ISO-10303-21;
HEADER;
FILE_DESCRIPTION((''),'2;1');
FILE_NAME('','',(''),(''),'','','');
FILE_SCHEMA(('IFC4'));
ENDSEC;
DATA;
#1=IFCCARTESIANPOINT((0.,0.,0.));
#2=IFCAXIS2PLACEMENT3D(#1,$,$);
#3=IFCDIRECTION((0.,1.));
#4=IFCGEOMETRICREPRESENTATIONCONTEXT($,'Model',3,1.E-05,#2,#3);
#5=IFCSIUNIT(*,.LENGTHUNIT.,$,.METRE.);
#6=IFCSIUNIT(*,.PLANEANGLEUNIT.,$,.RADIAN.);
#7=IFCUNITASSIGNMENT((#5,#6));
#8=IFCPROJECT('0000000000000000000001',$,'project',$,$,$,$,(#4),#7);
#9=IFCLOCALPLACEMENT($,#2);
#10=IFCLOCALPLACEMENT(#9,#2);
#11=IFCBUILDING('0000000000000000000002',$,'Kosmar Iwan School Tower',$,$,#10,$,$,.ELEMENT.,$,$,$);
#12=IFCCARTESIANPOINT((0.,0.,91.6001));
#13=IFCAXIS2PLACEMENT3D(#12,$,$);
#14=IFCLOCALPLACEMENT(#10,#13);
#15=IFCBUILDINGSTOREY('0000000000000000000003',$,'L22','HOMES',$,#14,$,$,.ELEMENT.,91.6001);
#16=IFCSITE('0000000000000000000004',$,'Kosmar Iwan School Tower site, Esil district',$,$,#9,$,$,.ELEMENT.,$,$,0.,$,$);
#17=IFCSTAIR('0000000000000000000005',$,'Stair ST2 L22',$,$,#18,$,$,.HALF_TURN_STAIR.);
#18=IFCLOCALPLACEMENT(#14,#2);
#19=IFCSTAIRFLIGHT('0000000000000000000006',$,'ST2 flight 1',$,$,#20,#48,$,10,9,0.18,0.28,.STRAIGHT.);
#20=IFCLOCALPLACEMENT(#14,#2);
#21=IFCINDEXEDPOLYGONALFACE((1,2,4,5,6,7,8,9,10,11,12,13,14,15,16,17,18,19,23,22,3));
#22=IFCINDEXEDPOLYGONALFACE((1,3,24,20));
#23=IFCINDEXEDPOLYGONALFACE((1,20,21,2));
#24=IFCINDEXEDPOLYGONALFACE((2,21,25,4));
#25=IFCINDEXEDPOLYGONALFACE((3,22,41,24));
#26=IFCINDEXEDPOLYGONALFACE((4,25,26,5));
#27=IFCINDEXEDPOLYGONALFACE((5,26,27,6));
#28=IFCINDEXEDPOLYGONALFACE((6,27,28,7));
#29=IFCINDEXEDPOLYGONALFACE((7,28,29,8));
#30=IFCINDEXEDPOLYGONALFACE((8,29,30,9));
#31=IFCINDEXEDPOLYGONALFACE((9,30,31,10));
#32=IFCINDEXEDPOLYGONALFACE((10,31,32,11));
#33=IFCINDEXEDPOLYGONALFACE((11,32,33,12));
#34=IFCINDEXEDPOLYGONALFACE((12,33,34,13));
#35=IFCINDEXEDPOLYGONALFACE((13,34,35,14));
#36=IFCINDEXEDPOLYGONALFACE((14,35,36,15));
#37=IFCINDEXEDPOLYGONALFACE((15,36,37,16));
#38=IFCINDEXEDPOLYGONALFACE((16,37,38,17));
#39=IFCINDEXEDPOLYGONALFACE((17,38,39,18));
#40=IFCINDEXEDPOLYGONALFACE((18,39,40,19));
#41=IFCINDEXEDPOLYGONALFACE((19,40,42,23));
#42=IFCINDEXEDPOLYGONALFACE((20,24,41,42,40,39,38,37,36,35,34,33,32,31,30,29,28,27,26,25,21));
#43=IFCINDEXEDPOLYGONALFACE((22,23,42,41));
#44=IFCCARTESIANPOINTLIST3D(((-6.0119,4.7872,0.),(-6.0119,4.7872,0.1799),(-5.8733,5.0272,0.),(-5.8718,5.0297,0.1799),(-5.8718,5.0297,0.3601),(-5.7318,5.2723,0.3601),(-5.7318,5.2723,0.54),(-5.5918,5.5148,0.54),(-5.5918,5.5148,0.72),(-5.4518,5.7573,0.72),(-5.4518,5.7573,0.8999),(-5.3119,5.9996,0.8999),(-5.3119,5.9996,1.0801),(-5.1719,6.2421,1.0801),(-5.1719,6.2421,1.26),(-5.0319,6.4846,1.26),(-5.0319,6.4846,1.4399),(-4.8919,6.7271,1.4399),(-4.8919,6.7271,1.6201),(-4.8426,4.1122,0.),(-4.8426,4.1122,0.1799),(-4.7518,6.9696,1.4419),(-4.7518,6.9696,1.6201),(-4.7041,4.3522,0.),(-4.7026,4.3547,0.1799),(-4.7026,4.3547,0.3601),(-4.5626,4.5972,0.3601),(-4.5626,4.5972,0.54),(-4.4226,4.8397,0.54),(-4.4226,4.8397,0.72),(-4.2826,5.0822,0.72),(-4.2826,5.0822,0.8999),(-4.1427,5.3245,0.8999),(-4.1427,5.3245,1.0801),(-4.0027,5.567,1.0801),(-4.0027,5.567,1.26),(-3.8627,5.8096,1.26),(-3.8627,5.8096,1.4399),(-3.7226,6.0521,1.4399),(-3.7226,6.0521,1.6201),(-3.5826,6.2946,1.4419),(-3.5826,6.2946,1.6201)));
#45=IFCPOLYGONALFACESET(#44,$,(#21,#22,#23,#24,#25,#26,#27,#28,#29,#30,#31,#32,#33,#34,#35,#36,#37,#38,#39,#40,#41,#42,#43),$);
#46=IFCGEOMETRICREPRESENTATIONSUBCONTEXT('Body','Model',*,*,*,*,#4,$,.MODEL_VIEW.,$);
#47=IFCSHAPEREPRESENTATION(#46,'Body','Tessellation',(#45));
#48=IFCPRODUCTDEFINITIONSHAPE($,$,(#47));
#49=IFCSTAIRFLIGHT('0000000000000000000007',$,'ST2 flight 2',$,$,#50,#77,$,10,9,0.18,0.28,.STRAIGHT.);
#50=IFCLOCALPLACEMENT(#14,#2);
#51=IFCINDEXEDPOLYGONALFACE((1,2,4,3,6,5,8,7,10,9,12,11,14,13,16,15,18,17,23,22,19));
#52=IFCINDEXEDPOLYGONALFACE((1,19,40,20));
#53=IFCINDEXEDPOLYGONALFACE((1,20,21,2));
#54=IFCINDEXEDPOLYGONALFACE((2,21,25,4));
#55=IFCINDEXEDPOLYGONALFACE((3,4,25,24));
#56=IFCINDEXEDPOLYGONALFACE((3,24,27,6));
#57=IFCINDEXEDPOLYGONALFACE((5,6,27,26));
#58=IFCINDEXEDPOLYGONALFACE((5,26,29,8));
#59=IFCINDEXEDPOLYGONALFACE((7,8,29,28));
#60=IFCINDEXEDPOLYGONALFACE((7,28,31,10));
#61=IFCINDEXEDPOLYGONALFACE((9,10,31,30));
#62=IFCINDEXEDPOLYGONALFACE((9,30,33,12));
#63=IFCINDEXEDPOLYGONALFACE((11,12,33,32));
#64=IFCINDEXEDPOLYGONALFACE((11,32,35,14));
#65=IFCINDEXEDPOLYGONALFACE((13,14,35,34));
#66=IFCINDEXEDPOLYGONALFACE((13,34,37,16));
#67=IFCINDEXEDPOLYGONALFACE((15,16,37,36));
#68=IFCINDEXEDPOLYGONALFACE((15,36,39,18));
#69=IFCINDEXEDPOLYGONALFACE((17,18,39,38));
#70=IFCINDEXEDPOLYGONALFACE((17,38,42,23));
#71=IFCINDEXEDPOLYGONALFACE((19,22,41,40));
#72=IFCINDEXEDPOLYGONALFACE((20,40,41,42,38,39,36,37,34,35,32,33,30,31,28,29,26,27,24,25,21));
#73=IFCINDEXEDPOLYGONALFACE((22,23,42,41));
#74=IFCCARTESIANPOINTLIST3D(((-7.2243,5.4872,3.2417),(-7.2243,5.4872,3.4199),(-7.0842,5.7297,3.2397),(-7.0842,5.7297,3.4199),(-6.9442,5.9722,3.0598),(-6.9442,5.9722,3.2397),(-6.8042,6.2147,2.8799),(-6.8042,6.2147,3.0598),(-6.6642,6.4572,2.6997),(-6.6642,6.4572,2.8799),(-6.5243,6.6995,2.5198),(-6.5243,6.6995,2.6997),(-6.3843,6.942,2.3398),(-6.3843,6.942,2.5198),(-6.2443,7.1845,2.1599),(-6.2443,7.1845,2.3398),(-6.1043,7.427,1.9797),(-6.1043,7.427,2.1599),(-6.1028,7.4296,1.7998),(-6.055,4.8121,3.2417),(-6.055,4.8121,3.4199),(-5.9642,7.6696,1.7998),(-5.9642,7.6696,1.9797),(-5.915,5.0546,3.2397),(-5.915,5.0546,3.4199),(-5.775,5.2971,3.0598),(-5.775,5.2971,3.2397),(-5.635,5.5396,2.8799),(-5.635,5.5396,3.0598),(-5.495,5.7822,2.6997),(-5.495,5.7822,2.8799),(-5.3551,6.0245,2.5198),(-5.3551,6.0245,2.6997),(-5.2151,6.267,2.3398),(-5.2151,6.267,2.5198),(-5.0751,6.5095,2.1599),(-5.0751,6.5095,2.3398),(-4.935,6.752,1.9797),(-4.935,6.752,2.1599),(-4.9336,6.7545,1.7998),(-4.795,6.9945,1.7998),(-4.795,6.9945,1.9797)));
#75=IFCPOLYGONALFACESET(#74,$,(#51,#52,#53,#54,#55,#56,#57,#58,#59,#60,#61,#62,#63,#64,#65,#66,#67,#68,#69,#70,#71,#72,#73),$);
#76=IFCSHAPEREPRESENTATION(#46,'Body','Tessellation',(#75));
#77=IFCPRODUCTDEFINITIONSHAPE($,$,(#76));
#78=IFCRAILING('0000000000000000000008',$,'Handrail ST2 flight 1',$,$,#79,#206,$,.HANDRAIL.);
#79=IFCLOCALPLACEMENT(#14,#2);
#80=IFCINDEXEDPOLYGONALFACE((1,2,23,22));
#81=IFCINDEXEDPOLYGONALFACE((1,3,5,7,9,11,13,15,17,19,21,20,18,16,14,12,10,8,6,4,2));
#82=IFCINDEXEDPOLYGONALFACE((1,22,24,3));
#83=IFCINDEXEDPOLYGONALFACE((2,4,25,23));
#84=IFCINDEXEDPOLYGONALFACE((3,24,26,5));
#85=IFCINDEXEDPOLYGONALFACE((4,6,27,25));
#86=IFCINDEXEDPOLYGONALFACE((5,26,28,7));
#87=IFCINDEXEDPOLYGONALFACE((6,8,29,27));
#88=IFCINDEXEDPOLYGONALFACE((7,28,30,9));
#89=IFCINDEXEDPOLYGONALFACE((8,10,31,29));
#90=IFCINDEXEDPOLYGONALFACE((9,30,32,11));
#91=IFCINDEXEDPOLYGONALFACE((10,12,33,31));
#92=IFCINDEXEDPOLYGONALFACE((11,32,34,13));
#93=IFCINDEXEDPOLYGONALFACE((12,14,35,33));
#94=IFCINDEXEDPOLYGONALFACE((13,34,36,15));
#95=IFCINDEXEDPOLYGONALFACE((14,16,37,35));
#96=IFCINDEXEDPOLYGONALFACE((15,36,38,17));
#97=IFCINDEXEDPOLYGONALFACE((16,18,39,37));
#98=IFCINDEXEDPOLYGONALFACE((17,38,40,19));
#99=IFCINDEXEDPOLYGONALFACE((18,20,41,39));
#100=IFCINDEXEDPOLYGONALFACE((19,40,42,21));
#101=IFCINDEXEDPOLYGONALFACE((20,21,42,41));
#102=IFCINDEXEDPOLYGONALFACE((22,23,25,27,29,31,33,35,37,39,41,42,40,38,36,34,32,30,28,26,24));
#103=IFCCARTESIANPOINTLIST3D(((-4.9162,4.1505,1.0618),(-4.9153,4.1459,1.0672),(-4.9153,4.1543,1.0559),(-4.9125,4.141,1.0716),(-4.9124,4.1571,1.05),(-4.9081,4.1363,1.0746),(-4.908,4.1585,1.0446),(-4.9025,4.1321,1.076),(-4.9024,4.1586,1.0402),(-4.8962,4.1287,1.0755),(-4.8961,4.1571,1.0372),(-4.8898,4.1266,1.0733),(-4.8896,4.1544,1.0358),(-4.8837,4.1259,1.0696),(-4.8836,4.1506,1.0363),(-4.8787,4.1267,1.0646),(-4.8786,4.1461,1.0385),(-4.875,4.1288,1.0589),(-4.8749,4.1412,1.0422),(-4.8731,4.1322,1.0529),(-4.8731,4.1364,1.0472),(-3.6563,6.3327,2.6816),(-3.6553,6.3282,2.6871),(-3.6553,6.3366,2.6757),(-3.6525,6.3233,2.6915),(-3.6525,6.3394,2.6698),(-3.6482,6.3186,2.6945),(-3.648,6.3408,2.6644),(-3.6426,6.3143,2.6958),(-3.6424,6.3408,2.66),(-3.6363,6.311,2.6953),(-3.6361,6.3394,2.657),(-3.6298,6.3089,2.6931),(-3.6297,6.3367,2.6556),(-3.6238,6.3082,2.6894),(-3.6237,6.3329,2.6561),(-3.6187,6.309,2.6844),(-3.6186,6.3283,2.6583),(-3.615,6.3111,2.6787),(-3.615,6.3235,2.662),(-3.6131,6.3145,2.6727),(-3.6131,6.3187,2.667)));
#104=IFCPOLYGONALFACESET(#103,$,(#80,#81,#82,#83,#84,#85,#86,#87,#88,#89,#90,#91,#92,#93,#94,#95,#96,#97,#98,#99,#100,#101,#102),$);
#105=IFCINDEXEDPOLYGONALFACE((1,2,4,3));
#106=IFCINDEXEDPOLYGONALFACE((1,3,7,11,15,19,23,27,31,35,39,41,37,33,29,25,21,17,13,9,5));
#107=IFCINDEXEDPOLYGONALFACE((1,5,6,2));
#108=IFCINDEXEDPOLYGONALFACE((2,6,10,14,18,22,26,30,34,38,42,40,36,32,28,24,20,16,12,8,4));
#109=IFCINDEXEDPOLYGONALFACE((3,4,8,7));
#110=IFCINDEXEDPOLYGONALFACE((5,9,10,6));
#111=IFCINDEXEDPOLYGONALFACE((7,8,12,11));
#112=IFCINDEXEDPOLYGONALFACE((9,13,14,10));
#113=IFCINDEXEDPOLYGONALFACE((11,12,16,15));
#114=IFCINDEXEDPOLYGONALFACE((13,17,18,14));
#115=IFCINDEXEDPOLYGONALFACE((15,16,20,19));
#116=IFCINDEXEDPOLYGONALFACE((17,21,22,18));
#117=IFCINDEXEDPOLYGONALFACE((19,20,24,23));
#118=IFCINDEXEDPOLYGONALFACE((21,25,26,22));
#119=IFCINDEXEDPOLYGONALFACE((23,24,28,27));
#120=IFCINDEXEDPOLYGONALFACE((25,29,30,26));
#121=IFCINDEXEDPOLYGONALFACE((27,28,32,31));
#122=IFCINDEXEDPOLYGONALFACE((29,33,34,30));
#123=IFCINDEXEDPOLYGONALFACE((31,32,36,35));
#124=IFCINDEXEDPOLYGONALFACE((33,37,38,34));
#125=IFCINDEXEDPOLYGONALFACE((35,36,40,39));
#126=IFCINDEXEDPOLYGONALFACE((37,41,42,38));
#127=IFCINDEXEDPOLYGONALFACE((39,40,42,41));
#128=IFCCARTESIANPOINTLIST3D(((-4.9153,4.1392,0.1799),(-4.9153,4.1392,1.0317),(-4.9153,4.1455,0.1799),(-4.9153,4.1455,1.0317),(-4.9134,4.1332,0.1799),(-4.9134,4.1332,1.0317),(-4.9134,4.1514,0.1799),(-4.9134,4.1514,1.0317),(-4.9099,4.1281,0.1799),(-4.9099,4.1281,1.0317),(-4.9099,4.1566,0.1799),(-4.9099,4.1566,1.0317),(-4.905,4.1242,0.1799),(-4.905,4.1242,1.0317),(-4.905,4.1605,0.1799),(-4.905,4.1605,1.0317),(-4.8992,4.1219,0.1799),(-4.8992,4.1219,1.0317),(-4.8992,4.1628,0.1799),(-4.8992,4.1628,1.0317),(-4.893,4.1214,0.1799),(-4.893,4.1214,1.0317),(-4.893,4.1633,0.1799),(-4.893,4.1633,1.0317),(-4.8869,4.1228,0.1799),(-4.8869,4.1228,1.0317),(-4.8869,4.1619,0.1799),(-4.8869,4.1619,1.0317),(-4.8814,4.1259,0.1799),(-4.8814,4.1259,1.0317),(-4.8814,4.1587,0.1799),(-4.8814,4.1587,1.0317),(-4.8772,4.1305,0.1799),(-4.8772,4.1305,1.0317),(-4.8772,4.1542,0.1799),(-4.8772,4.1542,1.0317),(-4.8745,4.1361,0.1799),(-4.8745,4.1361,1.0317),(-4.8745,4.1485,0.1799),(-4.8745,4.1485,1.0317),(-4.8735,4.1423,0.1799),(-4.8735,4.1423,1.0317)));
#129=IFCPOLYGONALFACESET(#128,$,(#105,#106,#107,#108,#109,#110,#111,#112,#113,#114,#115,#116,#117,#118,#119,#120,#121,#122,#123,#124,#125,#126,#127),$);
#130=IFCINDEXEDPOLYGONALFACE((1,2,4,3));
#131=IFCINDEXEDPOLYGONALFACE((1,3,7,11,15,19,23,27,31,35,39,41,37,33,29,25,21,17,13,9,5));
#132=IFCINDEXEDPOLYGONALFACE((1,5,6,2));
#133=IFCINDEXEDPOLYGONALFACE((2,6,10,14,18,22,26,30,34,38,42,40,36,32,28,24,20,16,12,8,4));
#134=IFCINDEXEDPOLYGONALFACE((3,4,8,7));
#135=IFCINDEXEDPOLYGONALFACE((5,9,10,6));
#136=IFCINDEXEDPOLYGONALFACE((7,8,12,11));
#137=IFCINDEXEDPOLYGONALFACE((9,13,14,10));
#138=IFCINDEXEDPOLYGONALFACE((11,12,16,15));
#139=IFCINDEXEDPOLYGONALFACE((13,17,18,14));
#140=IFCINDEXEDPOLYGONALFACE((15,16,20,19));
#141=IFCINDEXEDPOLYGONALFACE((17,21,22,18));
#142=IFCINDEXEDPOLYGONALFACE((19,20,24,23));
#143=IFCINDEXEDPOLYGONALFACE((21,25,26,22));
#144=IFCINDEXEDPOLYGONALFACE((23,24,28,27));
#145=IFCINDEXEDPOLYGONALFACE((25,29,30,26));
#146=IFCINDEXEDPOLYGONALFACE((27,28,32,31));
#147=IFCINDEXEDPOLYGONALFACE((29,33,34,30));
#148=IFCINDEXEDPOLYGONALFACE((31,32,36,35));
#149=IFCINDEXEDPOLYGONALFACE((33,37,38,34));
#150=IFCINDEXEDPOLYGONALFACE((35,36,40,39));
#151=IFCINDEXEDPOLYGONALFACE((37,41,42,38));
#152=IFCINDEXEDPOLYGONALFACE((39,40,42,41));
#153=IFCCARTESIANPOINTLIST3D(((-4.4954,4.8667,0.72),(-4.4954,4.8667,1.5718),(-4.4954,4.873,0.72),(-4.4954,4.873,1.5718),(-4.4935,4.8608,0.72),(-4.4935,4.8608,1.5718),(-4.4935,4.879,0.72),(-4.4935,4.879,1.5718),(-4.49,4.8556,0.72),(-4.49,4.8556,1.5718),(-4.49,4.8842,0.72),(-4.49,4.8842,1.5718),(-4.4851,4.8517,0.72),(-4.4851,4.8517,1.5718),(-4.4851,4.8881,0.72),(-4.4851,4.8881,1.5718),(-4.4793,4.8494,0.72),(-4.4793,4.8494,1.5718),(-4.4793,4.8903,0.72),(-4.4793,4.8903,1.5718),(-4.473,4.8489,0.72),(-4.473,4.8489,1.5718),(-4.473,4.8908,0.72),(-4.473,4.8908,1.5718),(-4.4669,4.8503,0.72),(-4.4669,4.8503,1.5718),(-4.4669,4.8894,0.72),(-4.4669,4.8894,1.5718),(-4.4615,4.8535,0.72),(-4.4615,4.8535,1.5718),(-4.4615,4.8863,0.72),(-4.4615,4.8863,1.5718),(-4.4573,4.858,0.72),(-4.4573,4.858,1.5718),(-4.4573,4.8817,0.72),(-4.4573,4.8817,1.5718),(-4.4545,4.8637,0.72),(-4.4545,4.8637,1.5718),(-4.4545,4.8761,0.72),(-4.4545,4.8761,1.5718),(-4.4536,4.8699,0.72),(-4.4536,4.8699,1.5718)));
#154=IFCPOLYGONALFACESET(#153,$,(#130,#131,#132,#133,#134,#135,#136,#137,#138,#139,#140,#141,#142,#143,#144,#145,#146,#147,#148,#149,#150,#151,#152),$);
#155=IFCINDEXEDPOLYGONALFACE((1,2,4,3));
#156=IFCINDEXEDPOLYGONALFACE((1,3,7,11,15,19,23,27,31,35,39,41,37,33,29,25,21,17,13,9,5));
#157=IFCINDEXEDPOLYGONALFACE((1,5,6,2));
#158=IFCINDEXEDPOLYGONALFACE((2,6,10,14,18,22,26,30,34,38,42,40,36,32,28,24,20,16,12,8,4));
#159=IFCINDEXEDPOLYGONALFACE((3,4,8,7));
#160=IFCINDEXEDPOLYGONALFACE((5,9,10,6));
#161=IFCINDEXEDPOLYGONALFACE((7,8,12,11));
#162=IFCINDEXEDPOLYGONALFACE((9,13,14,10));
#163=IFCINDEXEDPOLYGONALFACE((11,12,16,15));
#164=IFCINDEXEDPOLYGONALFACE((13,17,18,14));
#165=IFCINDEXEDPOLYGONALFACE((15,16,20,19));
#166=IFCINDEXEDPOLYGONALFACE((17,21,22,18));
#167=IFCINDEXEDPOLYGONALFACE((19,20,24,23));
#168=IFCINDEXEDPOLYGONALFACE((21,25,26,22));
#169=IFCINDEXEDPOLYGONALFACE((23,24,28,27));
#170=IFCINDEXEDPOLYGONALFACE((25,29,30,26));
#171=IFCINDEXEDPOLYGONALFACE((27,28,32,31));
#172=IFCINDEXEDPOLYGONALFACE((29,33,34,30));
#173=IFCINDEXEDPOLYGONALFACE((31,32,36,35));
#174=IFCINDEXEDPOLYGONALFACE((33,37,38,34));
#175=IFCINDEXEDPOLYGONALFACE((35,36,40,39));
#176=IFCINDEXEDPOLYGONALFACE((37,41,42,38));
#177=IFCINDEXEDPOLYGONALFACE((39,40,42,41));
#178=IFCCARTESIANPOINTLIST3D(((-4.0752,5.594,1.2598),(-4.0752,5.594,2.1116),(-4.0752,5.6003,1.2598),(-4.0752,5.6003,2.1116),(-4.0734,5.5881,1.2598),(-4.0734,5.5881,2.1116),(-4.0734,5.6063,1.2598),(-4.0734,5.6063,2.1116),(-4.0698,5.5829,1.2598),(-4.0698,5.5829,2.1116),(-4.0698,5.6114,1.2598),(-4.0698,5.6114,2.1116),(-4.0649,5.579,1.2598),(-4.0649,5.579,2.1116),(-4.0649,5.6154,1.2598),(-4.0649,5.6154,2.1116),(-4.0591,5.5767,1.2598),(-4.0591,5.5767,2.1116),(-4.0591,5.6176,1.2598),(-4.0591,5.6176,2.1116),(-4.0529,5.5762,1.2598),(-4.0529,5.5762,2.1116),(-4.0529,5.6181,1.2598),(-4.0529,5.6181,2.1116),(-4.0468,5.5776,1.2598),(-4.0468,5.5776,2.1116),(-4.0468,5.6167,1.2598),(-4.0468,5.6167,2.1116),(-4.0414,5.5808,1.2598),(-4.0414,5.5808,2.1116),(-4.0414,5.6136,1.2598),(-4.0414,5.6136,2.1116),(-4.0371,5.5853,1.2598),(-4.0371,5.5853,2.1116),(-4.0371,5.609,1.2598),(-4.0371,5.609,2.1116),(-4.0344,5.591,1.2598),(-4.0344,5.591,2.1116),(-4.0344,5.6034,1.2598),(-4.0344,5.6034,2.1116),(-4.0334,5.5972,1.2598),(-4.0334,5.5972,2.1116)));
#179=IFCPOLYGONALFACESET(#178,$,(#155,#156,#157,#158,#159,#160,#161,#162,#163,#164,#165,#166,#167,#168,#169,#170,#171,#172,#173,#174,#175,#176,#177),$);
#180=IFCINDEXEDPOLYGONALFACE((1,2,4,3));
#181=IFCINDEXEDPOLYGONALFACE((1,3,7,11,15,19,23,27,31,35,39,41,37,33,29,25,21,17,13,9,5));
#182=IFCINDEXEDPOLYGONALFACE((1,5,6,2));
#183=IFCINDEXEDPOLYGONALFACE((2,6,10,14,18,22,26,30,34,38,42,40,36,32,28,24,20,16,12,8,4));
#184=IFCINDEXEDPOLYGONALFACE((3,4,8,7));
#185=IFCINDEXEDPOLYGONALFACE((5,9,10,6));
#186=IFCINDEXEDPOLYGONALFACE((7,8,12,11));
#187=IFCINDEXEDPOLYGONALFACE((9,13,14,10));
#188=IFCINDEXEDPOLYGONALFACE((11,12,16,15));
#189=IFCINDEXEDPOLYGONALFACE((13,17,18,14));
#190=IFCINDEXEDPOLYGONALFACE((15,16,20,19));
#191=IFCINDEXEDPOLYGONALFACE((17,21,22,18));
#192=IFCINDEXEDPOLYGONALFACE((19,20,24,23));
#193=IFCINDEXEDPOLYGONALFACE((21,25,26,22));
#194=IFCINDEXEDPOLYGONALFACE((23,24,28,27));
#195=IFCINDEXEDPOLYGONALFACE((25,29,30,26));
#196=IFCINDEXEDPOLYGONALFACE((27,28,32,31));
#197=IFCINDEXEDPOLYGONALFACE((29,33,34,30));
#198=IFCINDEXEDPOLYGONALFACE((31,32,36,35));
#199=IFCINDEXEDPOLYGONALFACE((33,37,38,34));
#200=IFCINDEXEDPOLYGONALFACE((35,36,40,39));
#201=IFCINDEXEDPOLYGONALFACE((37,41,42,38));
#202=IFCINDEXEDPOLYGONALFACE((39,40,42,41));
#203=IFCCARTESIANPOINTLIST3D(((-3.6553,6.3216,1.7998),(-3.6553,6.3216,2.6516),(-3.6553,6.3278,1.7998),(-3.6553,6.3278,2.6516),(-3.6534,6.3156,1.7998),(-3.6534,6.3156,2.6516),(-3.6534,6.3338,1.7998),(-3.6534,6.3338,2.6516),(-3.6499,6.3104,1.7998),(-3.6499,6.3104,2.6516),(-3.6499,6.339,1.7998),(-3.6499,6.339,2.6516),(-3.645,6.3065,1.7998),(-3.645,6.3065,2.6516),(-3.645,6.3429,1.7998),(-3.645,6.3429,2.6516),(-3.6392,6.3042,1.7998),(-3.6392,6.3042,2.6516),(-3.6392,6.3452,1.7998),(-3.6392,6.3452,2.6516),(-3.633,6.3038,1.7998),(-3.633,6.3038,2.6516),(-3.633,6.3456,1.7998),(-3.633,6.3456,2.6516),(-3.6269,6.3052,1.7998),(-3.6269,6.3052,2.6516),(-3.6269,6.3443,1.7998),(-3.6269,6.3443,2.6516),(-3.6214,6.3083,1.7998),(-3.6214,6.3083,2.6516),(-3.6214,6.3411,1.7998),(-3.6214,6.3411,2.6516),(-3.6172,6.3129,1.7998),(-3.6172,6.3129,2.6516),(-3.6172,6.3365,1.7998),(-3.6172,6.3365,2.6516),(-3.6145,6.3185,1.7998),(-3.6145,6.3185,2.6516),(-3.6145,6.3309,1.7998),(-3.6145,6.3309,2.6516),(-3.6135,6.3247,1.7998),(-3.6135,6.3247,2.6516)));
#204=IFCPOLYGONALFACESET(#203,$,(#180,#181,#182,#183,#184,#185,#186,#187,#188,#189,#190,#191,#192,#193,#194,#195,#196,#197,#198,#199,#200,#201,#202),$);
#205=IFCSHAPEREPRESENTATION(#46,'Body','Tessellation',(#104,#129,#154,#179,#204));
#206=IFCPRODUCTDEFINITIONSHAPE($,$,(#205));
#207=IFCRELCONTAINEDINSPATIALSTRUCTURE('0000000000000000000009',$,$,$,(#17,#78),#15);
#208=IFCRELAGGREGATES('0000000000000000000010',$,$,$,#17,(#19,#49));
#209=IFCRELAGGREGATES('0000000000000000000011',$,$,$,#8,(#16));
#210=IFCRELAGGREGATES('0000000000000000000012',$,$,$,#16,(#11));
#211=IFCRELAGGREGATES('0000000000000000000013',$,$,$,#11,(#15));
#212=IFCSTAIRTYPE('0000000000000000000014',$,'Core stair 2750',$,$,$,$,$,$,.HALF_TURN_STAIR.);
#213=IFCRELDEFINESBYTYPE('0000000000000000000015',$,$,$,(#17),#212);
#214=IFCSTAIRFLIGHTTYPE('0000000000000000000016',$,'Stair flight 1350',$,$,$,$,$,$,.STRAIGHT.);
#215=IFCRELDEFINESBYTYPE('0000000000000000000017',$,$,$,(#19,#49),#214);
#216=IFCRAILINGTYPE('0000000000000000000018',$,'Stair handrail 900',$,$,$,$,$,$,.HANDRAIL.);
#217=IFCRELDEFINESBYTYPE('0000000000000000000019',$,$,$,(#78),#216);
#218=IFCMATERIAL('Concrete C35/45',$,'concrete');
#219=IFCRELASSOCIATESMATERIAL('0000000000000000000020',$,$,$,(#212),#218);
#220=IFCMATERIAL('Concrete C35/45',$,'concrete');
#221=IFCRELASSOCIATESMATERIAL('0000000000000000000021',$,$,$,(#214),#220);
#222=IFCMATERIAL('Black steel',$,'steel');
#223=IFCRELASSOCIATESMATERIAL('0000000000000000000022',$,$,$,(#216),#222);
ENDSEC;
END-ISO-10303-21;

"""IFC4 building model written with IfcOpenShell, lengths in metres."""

from ifc_helpers import new_model, si_unit, direction, frame, origin, origin_2d, place, context, subcontext, project, spatial, polyline, circle, outline, extrude, material, type_object, element, aggregate, save


model = new_model("IFC4")

# Units and contexts
model_context = context("Model", 3, precision=1e-05, world=origin(), true_north=direction((0.0, 1.0)))
body_context = subcontext(model_context, "Body", "Model", "MODEL_VIEW")
ifc_project = project(units=[si_unit("LENGTHUNIT", "METRE"), si_unit("PLANEANGLEUNIT", "RADIAN")], contexts=[model_context])

# Site, building, storey
site_placement = place(None, origin())
site = spatial("IfcSite", under=ifc_project, at=site_placement, Name="Kosmar Iwan School Tower site, Esil district", CompositionType="ELEMENT", RefElevation=0.0)
building_placement = place(site_placement, origin())
building = spatial("IfcBuilding", under=site, at=building_placement, Name="Kosmar Iwan School Tower", CompositionType="ELEMENT")
storey_placement = place(building_placement, frame((0.0, 0.0, 91.6001)))
storey = spatial("IfcBuildingStorey", under=building, at=storey_placement, Name="L22", Description="HOMES", CompositionType="ELEMENT", Elevation=91.6001)

# Stair, stair flights
ifc_material_1 = material(Name="Concrete C35/45", Category="concrete")
stair_type = type_object("IfcStairType", Name="Core stair 2750", PredefinedType="HALF_TURN_STAIR", material=ifc_material_1)
stair_placement = place(storey_placement, origin())
stair = element("IfcStair", 1, at=stair_placement, inside=storey, type_object=stair_type, Name="Stair ST2 L22", PredefinedType="HALF_TURN_STAIR")
ifc_material_2 = material(Name="Concrete C35/45", Category="concrete")
stair_flight_type = type_object("IfcStairFlightType", Name="Stair flight 1350", PredefinedType="STRAIGHT", material=ifc_material_2)
stair_flight_1_placement = place(storey_placement, frame((-5.4272, 4.4497, 0.0), z_axis=(0.0, 0.0, 1.0), x_axis=(0.5, 0.866025, 0.0)))
stair_flight_1 = element("IfcStairFlight", 2, at=stair_flight_1_placement, type_object=stair_flight_type, Name="ST2 flight 1", NumberOfRisers=10, NumberOfTreads=9, PredefinedType="STRAIGHT", RiserHeight=0.18, TreadLength=0.28, context=body_context, shape_type="SweptSolid", body=[
    extrude(outline(polyline([(0.0, 0.0), (0.0, 0.1799), (0.28, 0.1799), (0.28, 0.3601), (0.5601, 0.3601), (0.5601, 0.54), (0.8401, 0.54), (0.8401, 0.72), (1.1201, 0.72), (1.1201, 0.8999), (1.3999, 0.8999), (1.3999, 1.0801), (1.6799, 1.0801), (1.6799, 1.26), (1.96, 1.26), (1.96, 1.4399), (2.24, 1.4399), (2.24, 1.6201), (2.52, 1.6201), (2.52, 1.8), (2.52, 1.4419), (0.2771, 0.0), (0.0, 0.0)])), frame((0.0, 0.675, 0.0), z_axis=(0.0, -1.0, 0.0), x_axis=(1.0, 0.0, 0.0)), (0.0, 0.0, 1.0), 1.3501),
])
stair_flight_2_placement = place(storey_placement, frame((-5.3796, 7.332, 1.7998), z_axis=(0.0, 0.0, 1.0), x_axis=(-0.5, -0.866025, 0.0)))
stair_flight_2 = element("IfcStairFlight", 3, at=stair_flight_2_placement, type_object=stair_flight_type, Name="ST2 flight 2", NumberOfRisers=10, NumberOfTreads=9, PredefinedType="STRAIGHT", RiserHeight=0.18, TreadLength=0.28, context=body_context, shape_type="SweptSolid", body=[
    extrude(outline(polyline([(0.0, 0.0), (0.0, 0.1799), (0.28, 0.1799), (0.28, 0.3601), (0.5601, 0.3601), (0.5601, 0.54), (0.8401, 0.54), (0.8401, 0.72), (1.1201, 0.72), (1.1201, 0.8999), (1.3999, 0.8999), (1.3999, 1.0801), (1.6799, 1.0801), (1.6799, 1.26), (1.96, 1.26), (1.96, 1.4399), (2.24, 1.4399), (2.24, 1.6201), (2.52, 1.6201), (2.52, 1.8), (2.52, 1.4419), (0.2771, 0.0), (0.0, 0.0)])), frame((0.0, 0.675, 0.0), z_axis=(0.0, -1.0, 0.0), x_axis=(1.0, 0.0, 0.0)), (0.0, 0.0, 1.0), 1.3501),
])
aggregate(stair, [stair_flight_1, stair_flight_2])

# Railing
ifc_material_3 = material(Name="Black steel", Category="steel")
railing_type = type_object("IfcRailingType", Name="Stair handrail 900", PredefinedType="HANDRAIL", material=ifc_material_3)
railing_1_placement = place(storey_placement, frame((-4.8945, 4.1423, 0.1799)))
element("IfcRailing", 4, at=railing_1_placement, inside=storey, type_object=railing_type, Name="Handrail ST2 flight 1", PredefinedType="HANDRAIL", context=body_context, shape_type="SweptSolid", body=[
    extrude(circle(Radius=0.0239, at=origin_2d()), frame((0.0, 0.0, 0.876), z_axis=(0.420603, 0.728496, 0.540728), x_axis=(-0.866023, 0.500005, 0.0)), (0.0, 0.0, 1.0), 2.9956),
    extrude(circle(Radius=0.021, at=origin_2d()), origin(), (0.0, 0.0, 1.0), 0.8518),
    extrude(circle(Radius=0.021, at=origin_2d()), frame((0.4199, 0.7275, 0.54)), (0.0, 0.0, 1.0), 0.8518),
    extrude(circle(Radius=0.021, at=origin_2d()), frame((0.8401, 1.4548, 1.0798)), (0.0, 0.0, 1.0), 0.8518),
    extrude(circle(Radius=0.021, at=origin_2d()), frame((1.26, 2.1824, 1.6199)), (0.0, 0.0, 1.0), 0.8518),
])

save(model, "model.ifc")
